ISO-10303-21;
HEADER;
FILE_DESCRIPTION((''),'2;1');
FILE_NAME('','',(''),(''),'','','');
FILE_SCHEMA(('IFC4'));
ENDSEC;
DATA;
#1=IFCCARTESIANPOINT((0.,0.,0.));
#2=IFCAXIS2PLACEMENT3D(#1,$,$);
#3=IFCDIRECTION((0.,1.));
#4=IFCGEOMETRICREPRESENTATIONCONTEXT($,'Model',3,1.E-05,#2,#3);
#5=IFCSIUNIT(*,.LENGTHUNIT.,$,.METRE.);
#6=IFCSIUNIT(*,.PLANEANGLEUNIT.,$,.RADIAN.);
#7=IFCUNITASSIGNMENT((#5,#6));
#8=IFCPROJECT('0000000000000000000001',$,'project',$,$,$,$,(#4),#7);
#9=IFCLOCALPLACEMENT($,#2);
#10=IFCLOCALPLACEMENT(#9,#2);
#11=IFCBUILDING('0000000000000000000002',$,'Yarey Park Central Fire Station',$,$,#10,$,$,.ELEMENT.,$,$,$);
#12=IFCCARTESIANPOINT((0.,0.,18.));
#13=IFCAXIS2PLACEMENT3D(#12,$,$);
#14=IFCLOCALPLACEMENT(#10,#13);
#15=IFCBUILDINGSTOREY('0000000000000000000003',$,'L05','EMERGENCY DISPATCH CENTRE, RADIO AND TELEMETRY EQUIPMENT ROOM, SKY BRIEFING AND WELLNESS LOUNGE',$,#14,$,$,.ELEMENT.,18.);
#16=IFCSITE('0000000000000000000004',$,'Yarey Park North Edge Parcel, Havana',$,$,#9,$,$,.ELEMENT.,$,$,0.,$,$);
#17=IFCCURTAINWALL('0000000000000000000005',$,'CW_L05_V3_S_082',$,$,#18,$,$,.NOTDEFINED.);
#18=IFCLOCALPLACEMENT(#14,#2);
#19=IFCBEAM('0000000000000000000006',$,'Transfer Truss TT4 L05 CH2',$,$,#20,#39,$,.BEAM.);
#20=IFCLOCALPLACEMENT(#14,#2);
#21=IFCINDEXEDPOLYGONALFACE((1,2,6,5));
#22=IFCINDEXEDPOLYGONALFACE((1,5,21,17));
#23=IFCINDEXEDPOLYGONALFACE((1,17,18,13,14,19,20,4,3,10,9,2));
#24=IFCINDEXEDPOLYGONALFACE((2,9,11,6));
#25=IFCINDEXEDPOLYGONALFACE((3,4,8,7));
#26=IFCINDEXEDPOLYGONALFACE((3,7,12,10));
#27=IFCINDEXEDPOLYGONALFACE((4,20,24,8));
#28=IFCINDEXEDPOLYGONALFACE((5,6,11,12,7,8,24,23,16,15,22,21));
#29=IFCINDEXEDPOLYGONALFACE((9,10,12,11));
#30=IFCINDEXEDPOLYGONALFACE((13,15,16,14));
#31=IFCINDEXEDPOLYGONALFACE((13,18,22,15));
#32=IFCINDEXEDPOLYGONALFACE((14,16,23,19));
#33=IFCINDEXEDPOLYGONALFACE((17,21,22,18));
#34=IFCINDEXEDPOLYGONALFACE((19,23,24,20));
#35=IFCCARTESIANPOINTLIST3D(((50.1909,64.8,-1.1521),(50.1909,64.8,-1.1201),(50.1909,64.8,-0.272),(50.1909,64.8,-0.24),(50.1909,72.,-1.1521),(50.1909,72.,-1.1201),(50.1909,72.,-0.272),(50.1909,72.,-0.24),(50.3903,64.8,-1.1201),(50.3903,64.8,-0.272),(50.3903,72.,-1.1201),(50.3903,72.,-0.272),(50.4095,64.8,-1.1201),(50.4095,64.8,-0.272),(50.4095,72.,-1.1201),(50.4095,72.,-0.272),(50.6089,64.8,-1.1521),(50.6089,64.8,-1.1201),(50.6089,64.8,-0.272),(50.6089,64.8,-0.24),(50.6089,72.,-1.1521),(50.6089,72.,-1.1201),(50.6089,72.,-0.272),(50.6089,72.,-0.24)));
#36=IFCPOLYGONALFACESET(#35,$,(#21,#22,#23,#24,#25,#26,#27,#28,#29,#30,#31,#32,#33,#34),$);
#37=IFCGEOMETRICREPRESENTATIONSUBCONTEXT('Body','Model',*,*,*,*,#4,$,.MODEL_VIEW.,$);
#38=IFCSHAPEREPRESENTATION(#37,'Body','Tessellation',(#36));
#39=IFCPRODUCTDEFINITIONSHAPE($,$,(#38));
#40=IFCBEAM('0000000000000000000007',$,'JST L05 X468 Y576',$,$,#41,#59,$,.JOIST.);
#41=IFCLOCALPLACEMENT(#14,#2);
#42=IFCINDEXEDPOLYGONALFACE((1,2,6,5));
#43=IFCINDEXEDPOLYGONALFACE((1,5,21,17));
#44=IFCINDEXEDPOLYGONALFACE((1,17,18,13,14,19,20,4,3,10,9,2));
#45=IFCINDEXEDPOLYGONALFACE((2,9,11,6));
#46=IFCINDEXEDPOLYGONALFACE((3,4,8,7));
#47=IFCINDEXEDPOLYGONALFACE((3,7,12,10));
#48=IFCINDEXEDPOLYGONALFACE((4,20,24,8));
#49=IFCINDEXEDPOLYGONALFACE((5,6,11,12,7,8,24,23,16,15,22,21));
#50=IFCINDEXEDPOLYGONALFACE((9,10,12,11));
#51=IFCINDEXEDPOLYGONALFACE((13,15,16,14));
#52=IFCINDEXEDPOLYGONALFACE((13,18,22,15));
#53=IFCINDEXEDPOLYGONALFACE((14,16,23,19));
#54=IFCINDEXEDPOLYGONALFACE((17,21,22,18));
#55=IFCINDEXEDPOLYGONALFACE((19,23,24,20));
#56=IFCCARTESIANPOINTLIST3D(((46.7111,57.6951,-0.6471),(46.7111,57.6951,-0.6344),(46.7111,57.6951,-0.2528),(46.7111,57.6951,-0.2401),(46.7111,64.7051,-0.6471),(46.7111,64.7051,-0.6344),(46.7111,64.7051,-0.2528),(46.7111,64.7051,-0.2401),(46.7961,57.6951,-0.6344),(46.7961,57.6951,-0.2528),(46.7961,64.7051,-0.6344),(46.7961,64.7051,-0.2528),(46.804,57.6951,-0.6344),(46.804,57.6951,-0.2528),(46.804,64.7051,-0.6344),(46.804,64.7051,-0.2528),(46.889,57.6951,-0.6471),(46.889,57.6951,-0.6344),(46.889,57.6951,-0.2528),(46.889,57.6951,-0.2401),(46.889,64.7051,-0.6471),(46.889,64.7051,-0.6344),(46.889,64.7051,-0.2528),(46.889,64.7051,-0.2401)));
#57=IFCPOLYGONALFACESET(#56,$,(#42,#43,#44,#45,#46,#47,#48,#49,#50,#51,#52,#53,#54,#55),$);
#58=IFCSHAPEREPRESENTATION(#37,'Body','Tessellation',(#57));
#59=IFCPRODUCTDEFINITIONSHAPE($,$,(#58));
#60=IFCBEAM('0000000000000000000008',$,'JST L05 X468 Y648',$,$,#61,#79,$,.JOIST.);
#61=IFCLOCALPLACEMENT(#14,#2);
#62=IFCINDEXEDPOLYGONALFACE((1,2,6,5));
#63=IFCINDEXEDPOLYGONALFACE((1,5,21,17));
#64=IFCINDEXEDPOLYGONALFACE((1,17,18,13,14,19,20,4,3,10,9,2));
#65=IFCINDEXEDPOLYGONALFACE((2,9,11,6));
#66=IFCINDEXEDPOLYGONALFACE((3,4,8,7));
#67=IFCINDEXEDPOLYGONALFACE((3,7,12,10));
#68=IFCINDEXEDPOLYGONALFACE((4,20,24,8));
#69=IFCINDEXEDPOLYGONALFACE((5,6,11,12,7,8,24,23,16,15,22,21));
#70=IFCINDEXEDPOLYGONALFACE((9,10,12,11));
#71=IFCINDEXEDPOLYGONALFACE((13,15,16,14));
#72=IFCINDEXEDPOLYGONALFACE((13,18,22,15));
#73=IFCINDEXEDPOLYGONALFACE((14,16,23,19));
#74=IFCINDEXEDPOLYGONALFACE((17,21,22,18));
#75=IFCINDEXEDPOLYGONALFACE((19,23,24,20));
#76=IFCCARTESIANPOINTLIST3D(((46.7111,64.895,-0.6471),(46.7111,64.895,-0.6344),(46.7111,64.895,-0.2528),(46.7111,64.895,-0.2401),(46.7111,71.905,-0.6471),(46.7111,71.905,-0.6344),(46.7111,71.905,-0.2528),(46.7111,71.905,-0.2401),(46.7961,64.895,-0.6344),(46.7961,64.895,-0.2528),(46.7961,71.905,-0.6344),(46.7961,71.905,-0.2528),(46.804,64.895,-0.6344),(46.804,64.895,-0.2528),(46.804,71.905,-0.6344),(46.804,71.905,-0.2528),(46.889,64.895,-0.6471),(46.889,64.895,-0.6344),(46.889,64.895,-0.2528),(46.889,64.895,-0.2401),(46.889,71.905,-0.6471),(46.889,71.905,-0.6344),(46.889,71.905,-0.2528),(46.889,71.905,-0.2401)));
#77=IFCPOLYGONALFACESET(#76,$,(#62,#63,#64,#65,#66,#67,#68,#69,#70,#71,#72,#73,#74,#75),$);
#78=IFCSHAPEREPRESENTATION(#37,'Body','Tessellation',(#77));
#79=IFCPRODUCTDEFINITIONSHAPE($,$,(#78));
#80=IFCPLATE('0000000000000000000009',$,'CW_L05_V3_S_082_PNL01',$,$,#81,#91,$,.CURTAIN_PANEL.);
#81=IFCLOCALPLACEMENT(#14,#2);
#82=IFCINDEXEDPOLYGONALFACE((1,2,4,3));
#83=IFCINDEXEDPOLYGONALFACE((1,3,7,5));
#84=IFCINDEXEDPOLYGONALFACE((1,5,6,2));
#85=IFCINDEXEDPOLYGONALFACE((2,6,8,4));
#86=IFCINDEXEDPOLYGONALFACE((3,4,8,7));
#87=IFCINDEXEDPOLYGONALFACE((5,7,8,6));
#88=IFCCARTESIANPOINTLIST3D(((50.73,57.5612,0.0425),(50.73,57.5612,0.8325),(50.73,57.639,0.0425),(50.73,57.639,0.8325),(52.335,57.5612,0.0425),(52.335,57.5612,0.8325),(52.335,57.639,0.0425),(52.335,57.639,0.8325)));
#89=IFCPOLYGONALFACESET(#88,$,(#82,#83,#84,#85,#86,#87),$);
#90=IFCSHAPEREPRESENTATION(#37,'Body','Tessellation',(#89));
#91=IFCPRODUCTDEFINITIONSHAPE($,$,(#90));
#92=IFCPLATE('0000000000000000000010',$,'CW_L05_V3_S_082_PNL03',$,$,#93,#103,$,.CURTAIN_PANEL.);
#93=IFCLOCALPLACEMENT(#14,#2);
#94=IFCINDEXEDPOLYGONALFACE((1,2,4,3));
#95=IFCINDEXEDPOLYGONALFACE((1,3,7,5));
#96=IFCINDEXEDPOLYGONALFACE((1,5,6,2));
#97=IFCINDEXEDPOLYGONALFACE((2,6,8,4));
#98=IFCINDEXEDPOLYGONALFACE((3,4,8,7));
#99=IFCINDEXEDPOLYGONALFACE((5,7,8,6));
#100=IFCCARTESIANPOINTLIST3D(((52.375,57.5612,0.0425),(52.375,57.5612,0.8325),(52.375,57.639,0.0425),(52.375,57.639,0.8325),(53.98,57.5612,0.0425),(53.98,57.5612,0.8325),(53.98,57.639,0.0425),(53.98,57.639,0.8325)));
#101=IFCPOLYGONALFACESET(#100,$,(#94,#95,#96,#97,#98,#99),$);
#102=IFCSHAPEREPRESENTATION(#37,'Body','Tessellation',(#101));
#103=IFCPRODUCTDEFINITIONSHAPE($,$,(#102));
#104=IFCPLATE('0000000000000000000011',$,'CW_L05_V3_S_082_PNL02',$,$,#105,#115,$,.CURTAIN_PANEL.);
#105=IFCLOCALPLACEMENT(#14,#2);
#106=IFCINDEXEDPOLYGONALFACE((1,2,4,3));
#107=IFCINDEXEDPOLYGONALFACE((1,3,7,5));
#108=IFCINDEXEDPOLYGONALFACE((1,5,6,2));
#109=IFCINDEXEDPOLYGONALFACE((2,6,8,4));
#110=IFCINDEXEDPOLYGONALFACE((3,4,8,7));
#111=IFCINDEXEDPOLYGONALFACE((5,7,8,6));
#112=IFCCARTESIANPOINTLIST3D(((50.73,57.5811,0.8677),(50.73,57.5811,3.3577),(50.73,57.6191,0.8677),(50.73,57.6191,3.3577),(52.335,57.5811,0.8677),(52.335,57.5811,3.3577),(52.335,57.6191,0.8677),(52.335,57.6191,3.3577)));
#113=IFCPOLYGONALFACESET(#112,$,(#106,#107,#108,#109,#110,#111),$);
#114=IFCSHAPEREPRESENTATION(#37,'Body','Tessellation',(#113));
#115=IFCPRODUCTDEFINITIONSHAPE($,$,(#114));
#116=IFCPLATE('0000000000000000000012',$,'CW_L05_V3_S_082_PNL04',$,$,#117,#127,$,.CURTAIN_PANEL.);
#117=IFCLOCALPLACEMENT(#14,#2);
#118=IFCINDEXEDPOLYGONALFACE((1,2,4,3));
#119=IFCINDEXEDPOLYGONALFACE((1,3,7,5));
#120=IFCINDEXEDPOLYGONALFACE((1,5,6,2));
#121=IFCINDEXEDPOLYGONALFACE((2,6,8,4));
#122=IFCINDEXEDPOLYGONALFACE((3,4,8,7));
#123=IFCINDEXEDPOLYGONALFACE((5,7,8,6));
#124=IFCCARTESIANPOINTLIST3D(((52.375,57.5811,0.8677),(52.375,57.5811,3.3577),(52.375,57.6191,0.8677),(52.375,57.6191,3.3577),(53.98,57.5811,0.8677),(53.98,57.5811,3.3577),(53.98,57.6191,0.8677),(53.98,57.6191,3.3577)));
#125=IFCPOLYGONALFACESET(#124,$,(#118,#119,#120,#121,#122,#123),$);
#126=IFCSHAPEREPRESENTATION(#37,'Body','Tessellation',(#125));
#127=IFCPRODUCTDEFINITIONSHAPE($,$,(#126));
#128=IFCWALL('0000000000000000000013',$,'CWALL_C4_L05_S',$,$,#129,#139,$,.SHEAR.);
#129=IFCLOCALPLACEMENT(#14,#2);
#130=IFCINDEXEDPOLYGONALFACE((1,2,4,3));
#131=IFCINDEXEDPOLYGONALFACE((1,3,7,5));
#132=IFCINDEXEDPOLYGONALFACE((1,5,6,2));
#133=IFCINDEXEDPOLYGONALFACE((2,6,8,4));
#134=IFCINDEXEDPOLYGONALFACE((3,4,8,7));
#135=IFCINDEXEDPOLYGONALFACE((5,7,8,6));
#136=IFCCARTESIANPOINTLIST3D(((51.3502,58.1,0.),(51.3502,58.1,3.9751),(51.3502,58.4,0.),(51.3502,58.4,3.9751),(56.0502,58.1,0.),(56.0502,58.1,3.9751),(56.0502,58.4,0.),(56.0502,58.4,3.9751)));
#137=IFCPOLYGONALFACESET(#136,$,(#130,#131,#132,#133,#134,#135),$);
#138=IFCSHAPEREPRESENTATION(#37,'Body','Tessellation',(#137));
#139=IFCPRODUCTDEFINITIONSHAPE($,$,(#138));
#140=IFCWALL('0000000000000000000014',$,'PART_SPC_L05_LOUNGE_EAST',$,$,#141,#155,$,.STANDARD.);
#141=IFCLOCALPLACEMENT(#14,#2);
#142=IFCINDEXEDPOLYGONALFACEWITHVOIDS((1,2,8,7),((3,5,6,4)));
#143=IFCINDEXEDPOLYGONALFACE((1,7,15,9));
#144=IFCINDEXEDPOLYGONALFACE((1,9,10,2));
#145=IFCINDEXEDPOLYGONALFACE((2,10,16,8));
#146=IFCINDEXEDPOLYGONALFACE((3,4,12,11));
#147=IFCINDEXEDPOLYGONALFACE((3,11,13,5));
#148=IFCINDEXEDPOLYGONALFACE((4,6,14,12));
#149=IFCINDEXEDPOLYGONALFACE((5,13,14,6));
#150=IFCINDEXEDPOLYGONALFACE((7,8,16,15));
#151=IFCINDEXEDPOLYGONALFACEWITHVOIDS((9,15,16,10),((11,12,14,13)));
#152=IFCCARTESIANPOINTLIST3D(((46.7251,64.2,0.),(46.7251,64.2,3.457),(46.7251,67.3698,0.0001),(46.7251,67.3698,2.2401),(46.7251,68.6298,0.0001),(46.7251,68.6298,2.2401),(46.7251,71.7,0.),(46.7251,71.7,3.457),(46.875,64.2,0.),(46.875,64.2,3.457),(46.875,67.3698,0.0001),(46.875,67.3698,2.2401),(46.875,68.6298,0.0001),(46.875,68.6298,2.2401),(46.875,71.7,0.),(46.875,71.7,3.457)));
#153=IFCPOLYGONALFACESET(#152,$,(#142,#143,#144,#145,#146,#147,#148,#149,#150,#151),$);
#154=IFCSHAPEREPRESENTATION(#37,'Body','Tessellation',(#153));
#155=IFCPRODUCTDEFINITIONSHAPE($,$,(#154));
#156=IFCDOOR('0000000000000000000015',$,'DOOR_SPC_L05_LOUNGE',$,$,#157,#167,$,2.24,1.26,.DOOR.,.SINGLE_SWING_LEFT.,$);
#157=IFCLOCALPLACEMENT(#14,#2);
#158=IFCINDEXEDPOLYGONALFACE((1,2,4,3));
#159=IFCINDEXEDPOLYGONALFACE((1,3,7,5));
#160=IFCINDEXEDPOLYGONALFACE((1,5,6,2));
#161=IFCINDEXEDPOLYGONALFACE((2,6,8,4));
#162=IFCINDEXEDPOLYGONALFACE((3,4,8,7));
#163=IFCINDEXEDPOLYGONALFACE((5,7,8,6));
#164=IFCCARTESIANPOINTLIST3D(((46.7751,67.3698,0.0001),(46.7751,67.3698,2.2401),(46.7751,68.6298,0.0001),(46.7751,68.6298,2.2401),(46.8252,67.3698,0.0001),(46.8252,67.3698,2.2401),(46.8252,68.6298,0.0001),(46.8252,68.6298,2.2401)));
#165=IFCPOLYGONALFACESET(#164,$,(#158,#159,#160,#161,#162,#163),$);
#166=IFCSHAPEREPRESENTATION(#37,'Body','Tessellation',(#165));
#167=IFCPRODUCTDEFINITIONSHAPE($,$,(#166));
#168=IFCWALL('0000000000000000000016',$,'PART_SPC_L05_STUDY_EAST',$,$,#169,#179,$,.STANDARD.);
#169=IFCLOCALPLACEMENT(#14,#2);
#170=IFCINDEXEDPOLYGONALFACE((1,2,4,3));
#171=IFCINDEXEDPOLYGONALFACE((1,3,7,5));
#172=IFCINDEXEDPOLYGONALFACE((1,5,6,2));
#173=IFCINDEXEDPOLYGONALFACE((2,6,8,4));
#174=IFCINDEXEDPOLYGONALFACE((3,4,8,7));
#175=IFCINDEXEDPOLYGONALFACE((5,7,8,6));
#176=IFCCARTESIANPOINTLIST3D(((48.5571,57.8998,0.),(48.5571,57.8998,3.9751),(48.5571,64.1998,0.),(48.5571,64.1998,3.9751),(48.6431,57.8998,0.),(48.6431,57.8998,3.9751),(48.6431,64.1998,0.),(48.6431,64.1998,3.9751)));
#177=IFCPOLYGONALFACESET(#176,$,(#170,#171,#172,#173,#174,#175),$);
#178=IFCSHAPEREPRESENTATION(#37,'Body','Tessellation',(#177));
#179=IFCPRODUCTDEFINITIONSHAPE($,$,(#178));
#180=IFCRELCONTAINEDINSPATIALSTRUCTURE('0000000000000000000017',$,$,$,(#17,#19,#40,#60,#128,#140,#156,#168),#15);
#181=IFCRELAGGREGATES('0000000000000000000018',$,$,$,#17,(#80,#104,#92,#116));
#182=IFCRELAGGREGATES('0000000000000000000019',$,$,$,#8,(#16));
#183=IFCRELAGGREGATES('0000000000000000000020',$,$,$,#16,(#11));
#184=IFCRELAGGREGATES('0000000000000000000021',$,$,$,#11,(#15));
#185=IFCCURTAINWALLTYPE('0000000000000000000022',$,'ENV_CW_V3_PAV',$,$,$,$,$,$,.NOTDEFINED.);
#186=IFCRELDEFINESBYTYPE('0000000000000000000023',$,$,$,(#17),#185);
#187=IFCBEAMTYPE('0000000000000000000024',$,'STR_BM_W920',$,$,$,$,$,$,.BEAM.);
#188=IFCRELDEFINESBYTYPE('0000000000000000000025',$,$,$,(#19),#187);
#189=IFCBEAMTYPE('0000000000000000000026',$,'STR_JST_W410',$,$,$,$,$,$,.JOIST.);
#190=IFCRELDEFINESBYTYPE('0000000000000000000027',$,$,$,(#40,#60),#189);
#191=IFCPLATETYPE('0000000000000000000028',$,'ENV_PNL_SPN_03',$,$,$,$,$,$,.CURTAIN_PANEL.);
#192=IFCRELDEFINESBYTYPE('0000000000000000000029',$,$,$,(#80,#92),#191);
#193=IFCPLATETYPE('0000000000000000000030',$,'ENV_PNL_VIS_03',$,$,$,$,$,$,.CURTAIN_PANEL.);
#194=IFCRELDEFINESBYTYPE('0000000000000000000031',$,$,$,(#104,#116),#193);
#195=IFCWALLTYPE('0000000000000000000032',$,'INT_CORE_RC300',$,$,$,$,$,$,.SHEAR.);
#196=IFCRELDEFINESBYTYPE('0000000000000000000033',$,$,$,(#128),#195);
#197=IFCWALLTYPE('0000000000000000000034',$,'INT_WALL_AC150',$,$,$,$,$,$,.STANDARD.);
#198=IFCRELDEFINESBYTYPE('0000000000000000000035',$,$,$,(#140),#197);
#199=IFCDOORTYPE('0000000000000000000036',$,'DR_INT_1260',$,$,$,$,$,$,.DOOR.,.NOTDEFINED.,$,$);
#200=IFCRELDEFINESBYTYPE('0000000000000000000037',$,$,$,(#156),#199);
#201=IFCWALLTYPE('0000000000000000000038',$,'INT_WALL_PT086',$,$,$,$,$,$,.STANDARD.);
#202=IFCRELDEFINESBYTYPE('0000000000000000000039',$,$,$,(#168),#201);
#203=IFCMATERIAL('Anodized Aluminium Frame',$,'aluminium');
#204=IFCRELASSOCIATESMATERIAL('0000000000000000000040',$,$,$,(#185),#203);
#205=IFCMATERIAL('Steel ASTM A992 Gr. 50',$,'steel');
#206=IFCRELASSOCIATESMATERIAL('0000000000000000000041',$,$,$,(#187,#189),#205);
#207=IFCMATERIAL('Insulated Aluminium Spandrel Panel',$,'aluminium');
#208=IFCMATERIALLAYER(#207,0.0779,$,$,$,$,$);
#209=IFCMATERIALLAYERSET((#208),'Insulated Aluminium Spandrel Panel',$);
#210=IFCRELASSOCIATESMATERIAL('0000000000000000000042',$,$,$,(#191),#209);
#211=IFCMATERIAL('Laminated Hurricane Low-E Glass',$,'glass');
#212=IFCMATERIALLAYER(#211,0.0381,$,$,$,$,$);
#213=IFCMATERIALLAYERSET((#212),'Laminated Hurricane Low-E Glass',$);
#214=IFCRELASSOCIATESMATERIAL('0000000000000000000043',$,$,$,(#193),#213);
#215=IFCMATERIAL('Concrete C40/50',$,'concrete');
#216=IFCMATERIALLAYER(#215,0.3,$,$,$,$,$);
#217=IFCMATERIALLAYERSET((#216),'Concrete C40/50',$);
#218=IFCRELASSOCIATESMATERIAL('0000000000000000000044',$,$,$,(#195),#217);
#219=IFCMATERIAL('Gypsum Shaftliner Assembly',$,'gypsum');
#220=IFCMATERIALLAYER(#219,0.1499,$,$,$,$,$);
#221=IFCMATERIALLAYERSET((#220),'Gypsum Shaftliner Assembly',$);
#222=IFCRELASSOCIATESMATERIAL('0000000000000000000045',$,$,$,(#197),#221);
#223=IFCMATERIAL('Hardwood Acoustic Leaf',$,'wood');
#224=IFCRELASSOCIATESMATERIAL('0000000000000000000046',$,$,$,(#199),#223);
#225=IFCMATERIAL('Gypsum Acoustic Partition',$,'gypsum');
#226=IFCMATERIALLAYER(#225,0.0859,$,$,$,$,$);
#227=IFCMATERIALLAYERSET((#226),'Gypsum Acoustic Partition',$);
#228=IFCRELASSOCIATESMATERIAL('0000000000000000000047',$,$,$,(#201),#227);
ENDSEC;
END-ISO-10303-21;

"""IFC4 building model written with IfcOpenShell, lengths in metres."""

from ifc_helpers import new_model, si_unit, direction, frame, frame_2d, origin, origin_2d, place, context, subcontext, project, spatial, rectangle, i_section, extrude, material, layer, layer_set, material_profile, profile_set, type_object, element, fill, aggregate, save


model = new_model("IFC4")

# Units and contexts
model_context = context("Model", 3, precision=1e-05, world=origin(), true_north=direction((0.0, 1.0)))
body_context = subcontext(model_context, "Body", "Model", "MODEL_VIEW")
ifc_project = project(units=[si_unit("LENGTHUNIT", "METRE"), si_unit("PLANEANGLEUNIT", "RADIAN")], contexts=[model_context])

# Site, building, storey
site_placement = place(None, origin())
site = spatial("IfcSite", under=ifc_project, at=site_placement, Name="Yarey Park North Edge Parcel, Havana", CompositionType="ELEMENT", RefElevation=0.0)
building_placement = place(site_placement, origin())
building = spatial("IfcBuilding", under=site, at=building_placement, Name="Yarey Park Central Fire Station", CompositionType="ELEMENT")
storey_placement = place(building_placement, frame((0.0, 0.0, 18.0)))
storey = spatial("IfcBuildingStorey", under=building, at=storey_placement, Name="L05", Description="EMERGENCY DISPATCH CENTRE, RADIO AND TELEMETRY EQUIPMENT ROOM, SKY BRIEFING AND WELLNESS LOUNGE", CompositionType="ELEMENT", Elevation=18.0)

# Shared definitions
ifc_material_1 = material(Name="Steel ASTM A992 Gr. 50", Category="steel")

# Curtain wall
ifc_material_2 = material(Name="Anodized Aluminium Frame", Category="aluminium")
curtain_wall_type = type_object("IfcCurtainWallType", Name="ENV_CW_V3_PAV", PredefinedType="NOTDEFINED", material=ifc_material_2)
curtain_wall_placement = place(storey_placement, origin())
curtain_wall = element("IfcCurtainWall", 1, at=curtain_wall_placement, inside=storey, type_object=curtain_wall_type, Name="CW_L05_V3_S_082", PredefinedType="NOTDEFINED")

# Beams
ifc_material_profile_1 = material_profile(ifc_material_1, i_section(OverallWidth=0.418, OverallDepth=0.9121, WebThickness=0.0193, FlangeThickness=0.032, at=origin_2d()), Name="W920x342")
ifc_profile_set_1 = profile_set([ifc_material_profile_1], Name="Steel ASTM A992 Gr. 50")
beam_type_1 = type_object("IfcBeamType", Name="STR_BM_W920", PredefinedType="BEAM", material=ifc_profile_set_1)
for number, where, z_axis, x_axis, name in (
    (2, (50.3999, 64.8, -0.696), (0.0, 1.0, 0.0), (-1.0, 0.0, 0.0), "Transfer Truss TT4 L05 CH2"),
):
    element("IfcBeam", number, at=place(storey_placement, frame(where, z_axis=z_axis, x_axis=x_axis)), inside=storey, type_object=beam_type_1, Name=name, PredefinedType="BEAM", context=body_context, shape_type="SweptSolid", body=[
        extrude(i_section(OverallWidth=0.418, OverallDepth=0.9121, WebThickness=0.0193, FlangeThickness=0.032, at=origin_2d()), origin(), (0.0, 0.0, 1.0), 7.2),
    ])
ifc_material_profile_2 = material_profile(ifc_material_1, i_section(OverallWidth=0.178, OverallDepth=0.407, WebThickness=0.0078, FlangeThickness=0.0127, at=origin_2d()), Name="W410x60")
ifc_profile_set_2 = profile_set([ifc_material_profile_2], Name="Steel ASTM A992 Gr. 50")
beam_type_2 = type_object("IfcBeamType", Name="STR_JST_W410", PredefinedType="JOIST", material=ifc_profile_set_2)
for number, where, z_axis, x_axis, name in (
    (3, (46.8, 57.6951, -0.4436), (0.0, 1.0, 0.0), (-1.0, 0.0, 0.0), "JST L05 X468 Y576"),
    (4, (46.8, 64.895, -0.4436), (0.0, 1.0, 0.0), (-1.0, 0.0, 0.0), "JST L05 X468 Y648"),
):
    element("IfcBeam", number, at=place(storey_placement, frame(where, z_axis=z_axis, x_axis=x_axis)), inside=storey, type_object=beam_type_2, Name=name, PredefinedType="JOIST", context=body_context, shape_type="SweptSolid", body=[
        extrude(i_section(OverallWidth=0.178, OverallDepth=0.407, WebThickness=0.0078, FlangeThickness=0.0127, at=origin_2d()), origin(), (0.0, 0.0, 1.0), 7.01),
    ])

# Plates
ifc_material_3 = material(Name="Insulated Aluminium Spandrel Panel", Category="aluminium")
ifc_layer_1 = layer(ifc_material_3, 0.0779)
ifc_layer_set_1 = layer_set([ifc_layer_1], Name="Insulated Aluminium Spandrel Panel")
plate_type_1 = type_object("IfcPlateType", Name="ENV_PNL_SPN_03", PredefinedType="CURTAIN_PANEL", material=ifc_layer_set_1)
plate_1_placement = place(storey_placement, frame((51.5325, 57.6001, 0.0425), z_axis=(0.0, 0.0, 1.0), x_axis=(1.0, 0.0, 0.0)))
plate_1 = element("IfcPlate", 5, at=plate_1_placement, type_object=plate_type_1, Name="CW_L05_V3_S_082_PNL01", PredefinedType="CURTAIN_PANEL", context=body_context, shape_type="SweptSolid", body=[
    extrude(rectangle(XDim=1.605, YDim=0.0779, at=origin_2d()), origin(), (0.0, 0.0, 1.0), 0.79),
])
plate_2_placement = place(storey_placement, frame((53.1775, 57.6001, 0.0425), z_axis=(0.0, 0.0, 1.0), x_axis=(1.0, 0.0, 0.0)))
plate_2 = element("IfcPlate", 6, at=plate_2_placement, type_object=plate_type_1, Name="CW_L05_V3_S_082_PNL03", PredefinedType="CURTAIN_PANEL", context=body_context, shape_type="SweptSolid", body=[
    extrude(rectangle(XDim=1.605, YDim=0.0779, at=origin_2d()), origin(), (0.0, 0.0, 1.0), 0.79),
])
ifc_material_4 = material(Name="Laminated Hurricane Low-E Glass", Category="glass")
ifc_layer_2 = layer(ifc_material_4, 0.0381)
ifc_layer_set_2 = layer_set([ifc_layer_2], Name="Laminated Hurricane Low-E Glass")
plate_type_2 = type_object("IfcPlateType", Name="ENV_PNL_VIS_03", PredefinedType="CURTAIN_PANEL", material=ifc_layer_set_2)
plate_3_placement = place(storey_placement, frame((51.5325, 57.6001, 0.8677), z_axis=(0.0, 0.0, 1.0), x_axis=(1.0, 0.0, 0.0)))
plate_3 = element("IfcPlate", 7, at=plate_3_placement, type_object=plate_type_2, Name="CW_L05_V3_S_082_PNL02", PredefinedType="CURTAIN_PANEL", context=body_context, shape_type="SweptSolid", body=[
    extrude(rectangle(XDim=1.605, YDim=0.0381, at=origin_2d()), origin(), (0.0, 0.0, 1.0), 2.49),
])
plate_4_placement = place(storey_placement, frame((53.1775, 57.6001, 0.8677), z_axis=(0.0, 0.0, 1.0), x_axis=(1.0, 0.0, 0.0)))
plate_4 = element("IfcPlate", 8, at=plate_4_placement, type_object=plate_type_2, Name="CW_L05_V3_S_082_PNL04", PredefinedType="CURTAIN_PANEL", context=body_context, shape_type="SweptSolid", body=[
    extrude(rectangle(XDim=1.605, YDim=0.0381, at=origin_2d()), origin(), (0.0, 0.0, 1.0), 2.49),
])
aggregate(curtain_wall, [plate_1, plate_3, plate_2, plate_4])

# Wall
ifc_material_5 = material(Name="Concrete C40/50", Category="concrete")
ifc_layer_3 = layer(ifc_material_5, 0.3)
ifc_layer_set_3 = layer_set([ifc_layer_3], Name="Concrete C40/50")
wall_type_1 = type_object("IfcWallType", Name="INT_CORE_RC300", PredefinedType="SHEAR", material=ifc_layer_set_3)
wall_1_placement = place(storey_placement, frame((51.3501, 58.25, 0.0), z_axis=(0.0, 0.0, 1.0), x_axis=(1.0, 0.0, 0.0)))
element("IfcWall", 9, at=wall_1_placement, inside=storey, type_object=wall_type_1, Name="CWALL_C4_L05_S", PredefinedType="SHEAR", context=body_context, shape_type="SweptSolid", body=[
    extrude(rectangle(XDim=4.7, YDim=0.3, at=frame_2d((2.3501, 0.0))), origin(), (0.0, 0.0, 1.0), 3.9751),
])

# Wall, opening, door
ifc_material_6 = material(Name="Gypsum Shaftliner Assembly", Category="gypsum")
ifc_layer_4 = layer(ifc_material_6, 0.1499)
ifc_layer_set_4 = layer_set([ifc_layer_4], Name="Gypsum Shaftliner Assembly")
wall_type_2 = type_object("IfcWallType", Name="INT_WALL_AC150", PredefinedType="STANDARD", material=ifc_layer_set_4)
wall_2_placement = place(storey_placement, frame((46.8, 64.2, 0.0), z_axis=(0.0, 0.0, 1.0), x_axis=(0.0, 1.0, 0.0)))
wall_2 = element("IfcWall", 10, at=wall_2_placement, inside=storey, type_object=wall_type_2, Name="PART_SPC_L05_LOUNGE_EAST", PredefinedType="STANDARD", context=body_context, shape_type="SweptSolid", body=[
    extrude(rectangle(XDim=7.5, YDim=0.1499, at=frame_2d((3.75, 0.0))), origin(), (0.0, 0.0, 1.0), 3.457),
])
opening_1_placement = place(wall_2_placement, frame((3.1699, 0.0, 0.0)))
opening_1 = element("IfcOpeningElement", 11, at=opening_1_placement, cuts=wall_2, PredefinedType="OPENING", context=body_context, shape_type="SweptSolid", body=[
    extrude(rectangle(XDim=1.26, YDim=2.24, at=frame_2d((0.6299, 1.1201))), frame((0.0, 0.085, 0.0), z_axis=(0.0, -1.0, 0.0), x_axis=(1.0, 0.0, 0.0)), (0.0, 0.0, 1.0), 0.1699),
])
ifc_material_7 = material(Name="Hardwood Acoustic Leaf", Category="wood")
door_type_1 = type_object("IfcDoorType", Name="DR_INT_1260", OperationType="NOTDEFINED", PredefinedType="DOOR", material=ifc_material_7)
door_1_placement = place(opening_1_placement, origin())
door_1 = element("IfcDoor", 12, at=door_1_placement, inside=storey, type_object=door_type_1, Name="DOOR_SPC_L05_LOUNGE", OperationType="SINGLE_SWING_LEFT", OverallHeight=2.24, OverallWidth=1.26, PredefinedType="DOOR", context=body_context, shape_type="SweptSolid", body=[
    extrude(rectangle(XDim=1.26, YDim=2.24, at=frame_2d((0.6299, 1.1201))), frame((0.0, 0.0249, 0.0), z_axis=(0.0, -1.0, 0.0), x_axis=(1.0, 0.0, 0.0)), (0.0, 0.0, 1.0), 0.05),
])
fill(opening_1, door_1)

# Wall
ifc_material_8 = material(Name="Gypsum Acoustic Partition", Category="gypsum")
ifc_layer_5 = layer(ifc_material_8, 0.0859)
ifc_layer_set_5 = layer_set([ifc_layer_5], Name="Gypsum Acoustic Partition")
wall_type_3 = type_object("IfcWallType", Name="INT_WALL_PT086", PredefinedType="STANDARD", material=ifc_layer_set_5)
wall_3_placement = place(storey_placement, frame((48.6001, 57.8999, 0.0), z_axis=(0.0, 0.0, 1.0), x_axis=(0.0, 1.0, 0.0)))
element("IfcWall", 13, at=wall_3_placement, inside=storey, type_object=wall_type_3, Name="PART_SPC_L05_STUDY_EAST", PredefinedType="STANDARD", context=body_context, shape_type="SweptSolid", body=[
    extrude(rectangle(XDim=6.3, YDim=0.0859, at=frame_2d((3.1499, 0.0))), origin(), (0.0, 0.0, 1.0), 3.9751),
])

save(model, "model.ifc")
